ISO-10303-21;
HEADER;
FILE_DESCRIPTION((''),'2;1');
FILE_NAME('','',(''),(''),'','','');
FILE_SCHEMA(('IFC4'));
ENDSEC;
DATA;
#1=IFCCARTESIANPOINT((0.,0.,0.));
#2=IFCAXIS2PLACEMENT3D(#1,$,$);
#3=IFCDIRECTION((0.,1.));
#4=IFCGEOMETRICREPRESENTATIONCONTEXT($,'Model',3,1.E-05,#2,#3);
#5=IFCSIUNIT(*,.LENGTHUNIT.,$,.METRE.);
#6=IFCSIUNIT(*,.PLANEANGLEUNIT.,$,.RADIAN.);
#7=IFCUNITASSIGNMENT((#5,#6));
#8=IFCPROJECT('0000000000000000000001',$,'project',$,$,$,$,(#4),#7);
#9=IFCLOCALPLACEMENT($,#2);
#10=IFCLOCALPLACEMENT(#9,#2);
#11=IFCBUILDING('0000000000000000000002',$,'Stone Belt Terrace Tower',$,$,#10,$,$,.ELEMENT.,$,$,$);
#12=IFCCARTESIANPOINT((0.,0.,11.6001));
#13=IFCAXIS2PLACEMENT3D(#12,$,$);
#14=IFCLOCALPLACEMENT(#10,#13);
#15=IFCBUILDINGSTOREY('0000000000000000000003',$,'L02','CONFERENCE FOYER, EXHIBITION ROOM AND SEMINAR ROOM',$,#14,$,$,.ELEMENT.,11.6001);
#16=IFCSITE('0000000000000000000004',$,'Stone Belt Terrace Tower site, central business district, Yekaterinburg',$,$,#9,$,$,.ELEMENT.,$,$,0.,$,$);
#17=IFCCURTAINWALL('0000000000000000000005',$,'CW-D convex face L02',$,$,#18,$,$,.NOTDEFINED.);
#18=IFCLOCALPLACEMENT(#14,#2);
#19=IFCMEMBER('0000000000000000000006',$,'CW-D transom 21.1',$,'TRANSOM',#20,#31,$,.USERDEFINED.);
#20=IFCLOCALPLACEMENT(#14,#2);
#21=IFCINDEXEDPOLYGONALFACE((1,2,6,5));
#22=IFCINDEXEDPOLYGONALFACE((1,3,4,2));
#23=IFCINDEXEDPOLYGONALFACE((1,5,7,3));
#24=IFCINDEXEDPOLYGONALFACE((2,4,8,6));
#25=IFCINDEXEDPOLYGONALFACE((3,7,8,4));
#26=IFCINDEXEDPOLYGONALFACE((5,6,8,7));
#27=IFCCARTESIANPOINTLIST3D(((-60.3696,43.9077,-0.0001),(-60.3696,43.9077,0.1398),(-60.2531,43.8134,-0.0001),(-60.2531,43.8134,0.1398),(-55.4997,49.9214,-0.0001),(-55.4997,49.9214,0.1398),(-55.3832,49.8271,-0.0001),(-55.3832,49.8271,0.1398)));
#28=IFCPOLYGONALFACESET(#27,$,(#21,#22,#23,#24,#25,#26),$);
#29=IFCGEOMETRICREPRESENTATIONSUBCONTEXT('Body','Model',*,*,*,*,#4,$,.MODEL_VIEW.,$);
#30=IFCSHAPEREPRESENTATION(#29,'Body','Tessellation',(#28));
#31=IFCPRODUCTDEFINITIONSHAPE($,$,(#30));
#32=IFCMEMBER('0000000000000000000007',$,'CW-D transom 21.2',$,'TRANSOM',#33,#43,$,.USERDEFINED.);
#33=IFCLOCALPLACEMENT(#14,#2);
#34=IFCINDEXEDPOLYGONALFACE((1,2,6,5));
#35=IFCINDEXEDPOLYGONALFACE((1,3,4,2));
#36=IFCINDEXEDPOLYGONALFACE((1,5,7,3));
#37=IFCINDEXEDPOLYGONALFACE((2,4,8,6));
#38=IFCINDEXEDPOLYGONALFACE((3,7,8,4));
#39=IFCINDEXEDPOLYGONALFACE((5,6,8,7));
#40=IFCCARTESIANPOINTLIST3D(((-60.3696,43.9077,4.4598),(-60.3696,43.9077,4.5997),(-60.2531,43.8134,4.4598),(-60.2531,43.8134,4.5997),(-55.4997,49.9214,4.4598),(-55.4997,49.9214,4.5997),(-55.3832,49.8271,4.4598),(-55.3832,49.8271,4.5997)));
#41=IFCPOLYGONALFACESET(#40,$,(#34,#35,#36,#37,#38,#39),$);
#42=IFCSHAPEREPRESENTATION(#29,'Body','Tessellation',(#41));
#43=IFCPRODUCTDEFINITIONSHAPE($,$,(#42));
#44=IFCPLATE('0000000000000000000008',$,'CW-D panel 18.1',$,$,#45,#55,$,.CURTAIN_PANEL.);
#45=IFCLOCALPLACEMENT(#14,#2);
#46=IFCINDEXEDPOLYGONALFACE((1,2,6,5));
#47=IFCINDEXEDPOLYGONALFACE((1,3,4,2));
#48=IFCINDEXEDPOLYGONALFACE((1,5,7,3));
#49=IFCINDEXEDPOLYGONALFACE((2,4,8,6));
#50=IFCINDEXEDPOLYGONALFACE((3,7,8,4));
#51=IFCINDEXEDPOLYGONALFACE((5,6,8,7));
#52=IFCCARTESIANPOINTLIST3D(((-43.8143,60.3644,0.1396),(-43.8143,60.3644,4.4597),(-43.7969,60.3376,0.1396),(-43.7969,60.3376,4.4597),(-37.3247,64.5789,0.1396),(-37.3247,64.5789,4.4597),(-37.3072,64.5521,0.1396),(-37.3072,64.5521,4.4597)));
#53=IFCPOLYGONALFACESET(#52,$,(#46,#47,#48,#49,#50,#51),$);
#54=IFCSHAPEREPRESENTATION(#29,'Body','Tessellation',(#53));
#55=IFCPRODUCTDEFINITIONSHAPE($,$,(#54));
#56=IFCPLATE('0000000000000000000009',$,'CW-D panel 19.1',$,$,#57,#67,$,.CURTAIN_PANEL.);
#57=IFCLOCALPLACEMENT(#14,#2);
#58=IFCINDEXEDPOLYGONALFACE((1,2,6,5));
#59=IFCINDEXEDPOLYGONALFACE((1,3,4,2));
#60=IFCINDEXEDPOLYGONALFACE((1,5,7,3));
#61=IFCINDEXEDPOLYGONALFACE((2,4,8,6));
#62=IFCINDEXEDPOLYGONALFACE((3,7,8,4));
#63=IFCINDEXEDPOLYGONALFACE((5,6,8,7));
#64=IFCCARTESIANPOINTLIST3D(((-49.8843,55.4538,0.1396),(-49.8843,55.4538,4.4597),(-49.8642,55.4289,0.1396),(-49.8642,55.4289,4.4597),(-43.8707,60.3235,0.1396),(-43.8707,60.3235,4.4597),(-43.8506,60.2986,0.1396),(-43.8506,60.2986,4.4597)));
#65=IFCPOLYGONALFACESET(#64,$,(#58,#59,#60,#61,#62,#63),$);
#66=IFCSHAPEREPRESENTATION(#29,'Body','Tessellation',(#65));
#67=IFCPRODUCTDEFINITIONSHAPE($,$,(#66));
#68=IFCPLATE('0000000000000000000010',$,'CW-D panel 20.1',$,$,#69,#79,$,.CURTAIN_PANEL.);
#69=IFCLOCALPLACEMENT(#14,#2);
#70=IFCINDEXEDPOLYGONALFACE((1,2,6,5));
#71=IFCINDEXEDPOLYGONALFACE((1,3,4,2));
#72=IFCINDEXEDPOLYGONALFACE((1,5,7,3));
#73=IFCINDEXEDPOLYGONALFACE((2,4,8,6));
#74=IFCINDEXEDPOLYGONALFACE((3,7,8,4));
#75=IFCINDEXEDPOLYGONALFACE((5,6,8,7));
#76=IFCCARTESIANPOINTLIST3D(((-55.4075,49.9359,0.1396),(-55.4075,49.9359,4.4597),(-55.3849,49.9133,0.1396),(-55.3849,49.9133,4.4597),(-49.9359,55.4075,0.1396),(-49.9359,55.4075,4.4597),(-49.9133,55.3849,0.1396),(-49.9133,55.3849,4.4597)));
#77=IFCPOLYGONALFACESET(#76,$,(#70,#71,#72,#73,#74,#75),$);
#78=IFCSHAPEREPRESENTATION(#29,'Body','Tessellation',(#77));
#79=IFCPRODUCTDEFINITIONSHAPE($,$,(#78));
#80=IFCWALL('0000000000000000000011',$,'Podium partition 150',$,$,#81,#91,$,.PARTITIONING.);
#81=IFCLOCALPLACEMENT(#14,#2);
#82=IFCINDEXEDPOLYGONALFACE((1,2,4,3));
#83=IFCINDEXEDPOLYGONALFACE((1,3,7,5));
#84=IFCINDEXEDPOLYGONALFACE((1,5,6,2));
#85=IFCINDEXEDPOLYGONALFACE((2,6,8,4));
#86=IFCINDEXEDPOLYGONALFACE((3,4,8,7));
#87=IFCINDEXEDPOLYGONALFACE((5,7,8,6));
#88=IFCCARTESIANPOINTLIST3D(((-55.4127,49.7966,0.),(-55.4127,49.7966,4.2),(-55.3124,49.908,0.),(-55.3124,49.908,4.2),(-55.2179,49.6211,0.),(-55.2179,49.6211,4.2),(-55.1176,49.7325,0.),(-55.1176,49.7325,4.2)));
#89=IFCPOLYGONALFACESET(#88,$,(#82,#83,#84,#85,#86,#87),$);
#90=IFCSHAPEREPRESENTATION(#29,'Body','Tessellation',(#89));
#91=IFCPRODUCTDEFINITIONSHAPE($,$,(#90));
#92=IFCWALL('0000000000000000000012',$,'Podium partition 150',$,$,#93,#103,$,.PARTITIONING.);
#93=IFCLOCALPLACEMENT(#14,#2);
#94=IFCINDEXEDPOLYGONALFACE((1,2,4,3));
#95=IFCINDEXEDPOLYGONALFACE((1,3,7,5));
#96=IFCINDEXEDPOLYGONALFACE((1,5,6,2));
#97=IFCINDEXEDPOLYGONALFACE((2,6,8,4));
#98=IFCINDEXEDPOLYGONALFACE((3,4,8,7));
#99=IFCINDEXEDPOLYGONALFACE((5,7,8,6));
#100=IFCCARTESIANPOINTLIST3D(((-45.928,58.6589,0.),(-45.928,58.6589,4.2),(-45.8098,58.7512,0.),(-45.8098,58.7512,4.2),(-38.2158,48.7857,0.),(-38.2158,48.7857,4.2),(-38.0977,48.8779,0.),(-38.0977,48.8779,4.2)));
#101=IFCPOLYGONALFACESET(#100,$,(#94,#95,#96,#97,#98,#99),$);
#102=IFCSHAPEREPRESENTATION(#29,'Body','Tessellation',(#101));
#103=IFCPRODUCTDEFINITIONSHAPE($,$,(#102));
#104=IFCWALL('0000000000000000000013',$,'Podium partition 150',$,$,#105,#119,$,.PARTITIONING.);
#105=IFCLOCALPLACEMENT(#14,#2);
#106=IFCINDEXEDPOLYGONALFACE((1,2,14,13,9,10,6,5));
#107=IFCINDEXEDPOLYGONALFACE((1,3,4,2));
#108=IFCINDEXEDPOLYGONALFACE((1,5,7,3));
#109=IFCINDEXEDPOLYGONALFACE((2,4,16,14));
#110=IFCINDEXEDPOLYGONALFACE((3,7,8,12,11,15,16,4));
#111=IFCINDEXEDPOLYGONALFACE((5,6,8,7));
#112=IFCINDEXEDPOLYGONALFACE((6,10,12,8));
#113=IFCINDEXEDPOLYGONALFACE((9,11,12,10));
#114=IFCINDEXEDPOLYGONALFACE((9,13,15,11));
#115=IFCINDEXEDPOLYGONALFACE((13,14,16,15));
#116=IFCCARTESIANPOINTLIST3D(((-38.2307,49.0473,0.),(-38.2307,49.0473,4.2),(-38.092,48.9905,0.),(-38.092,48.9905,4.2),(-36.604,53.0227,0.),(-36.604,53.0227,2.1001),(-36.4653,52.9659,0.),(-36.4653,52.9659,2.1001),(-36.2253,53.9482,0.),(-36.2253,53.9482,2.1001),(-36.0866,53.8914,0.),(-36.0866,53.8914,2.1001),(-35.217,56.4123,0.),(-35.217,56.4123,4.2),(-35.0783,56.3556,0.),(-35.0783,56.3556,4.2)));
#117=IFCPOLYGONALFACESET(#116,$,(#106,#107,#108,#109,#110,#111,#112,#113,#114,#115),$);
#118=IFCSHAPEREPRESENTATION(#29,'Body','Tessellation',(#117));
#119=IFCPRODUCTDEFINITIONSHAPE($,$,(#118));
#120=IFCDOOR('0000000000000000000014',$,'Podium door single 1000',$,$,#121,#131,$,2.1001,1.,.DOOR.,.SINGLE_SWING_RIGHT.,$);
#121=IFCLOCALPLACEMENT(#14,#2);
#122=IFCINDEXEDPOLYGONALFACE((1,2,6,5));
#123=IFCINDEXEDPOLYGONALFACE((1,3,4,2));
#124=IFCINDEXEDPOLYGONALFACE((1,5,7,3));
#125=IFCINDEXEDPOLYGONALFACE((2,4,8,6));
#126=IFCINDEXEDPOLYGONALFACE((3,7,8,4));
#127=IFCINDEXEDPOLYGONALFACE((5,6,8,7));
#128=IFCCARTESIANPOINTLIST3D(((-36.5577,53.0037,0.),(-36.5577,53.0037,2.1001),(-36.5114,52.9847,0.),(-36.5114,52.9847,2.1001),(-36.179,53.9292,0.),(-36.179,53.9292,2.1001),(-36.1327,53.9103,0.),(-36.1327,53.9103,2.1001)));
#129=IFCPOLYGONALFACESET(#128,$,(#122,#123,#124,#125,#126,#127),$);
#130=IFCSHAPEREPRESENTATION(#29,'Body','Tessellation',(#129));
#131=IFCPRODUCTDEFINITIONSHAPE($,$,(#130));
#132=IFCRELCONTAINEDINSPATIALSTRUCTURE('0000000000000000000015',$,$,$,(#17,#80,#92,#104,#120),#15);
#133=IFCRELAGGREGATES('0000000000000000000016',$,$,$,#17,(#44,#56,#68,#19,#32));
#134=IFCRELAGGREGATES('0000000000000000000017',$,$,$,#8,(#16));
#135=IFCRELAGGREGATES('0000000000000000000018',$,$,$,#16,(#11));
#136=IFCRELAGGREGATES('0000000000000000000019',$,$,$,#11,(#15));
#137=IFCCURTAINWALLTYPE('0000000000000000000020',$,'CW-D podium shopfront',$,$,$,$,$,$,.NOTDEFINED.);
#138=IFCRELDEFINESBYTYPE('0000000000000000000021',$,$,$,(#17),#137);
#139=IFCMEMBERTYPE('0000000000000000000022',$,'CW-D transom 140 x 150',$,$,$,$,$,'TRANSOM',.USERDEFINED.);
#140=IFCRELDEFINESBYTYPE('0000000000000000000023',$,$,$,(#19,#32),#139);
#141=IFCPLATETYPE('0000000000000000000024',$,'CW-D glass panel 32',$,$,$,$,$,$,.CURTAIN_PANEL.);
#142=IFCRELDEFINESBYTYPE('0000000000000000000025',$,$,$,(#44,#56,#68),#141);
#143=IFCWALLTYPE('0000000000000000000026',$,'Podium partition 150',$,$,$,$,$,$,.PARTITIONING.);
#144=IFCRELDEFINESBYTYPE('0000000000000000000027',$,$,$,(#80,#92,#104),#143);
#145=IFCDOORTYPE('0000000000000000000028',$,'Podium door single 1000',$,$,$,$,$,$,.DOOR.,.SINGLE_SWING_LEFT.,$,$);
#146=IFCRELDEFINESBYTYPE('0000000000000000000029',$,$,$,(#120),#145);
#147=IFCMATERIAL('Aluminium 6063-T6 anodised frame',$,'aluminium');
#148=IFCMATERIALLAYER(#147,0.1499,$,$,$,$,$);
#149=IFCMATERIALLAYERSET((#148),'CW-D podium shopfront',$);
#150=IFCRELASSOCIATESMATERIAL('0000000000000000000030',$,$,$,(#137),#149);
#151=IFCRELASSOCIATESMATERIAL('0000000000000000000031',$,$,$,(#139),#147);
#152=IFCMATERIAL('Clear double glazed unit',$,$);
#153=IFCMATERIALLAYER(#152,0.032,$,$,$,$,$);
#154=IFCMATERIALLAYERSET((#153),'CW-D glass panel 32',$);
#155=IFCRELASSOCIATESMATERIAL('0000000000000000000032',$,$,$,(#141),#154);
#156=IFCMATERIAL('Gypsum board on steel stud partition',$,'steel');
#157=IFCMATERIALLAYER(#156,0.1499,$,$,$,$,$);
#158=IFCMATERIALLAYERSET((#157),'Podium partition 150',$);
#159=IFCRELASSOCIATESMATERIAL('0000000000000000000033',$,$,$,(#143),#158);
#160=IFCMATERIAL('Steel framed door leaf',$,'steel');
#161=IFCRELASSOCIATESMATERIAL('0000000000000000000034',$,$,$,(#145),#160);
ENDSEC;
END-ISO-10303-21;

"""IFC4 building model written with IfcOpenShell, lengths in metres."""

from ifc_helpers import new_model, si_unit, direction, frame, frame_2d, origin, origin_2d, place, context, subcontext, project, spatial, rectangle, extrude, material, layer, layer_set, material_profile, profile_set, type_object, element, fill, aggregate, save


model = new_model("IFC4")

# Units and contexts
model_context = context("Model", 3, precision=1e-05, world=origin(), true_north=direction((0.0, 1.0)))
body_context = subcontext(model_context, "Body", "Model", "MODEL_VIEW")
ifc_project = project(units=[si_unit("LENGTHUNIT", "METRE"), si_unit("PLANEANGLEUNIT", "RADIAN")], contexts=[model_context])

# Site, building, storey
site_placement = place(None, origin())
site = spatial("IfcSite", under=ifc_project, at=site_placement, Name="Stone Belt Terrace Tower site, central business district, Yekaterinburg", CompositionType="ELEMENT", RefElevation=0.0)
building_placement = place(site_placement, origin())
building = spatial("IfcBuilding", under=site, at=building_placement, Name="Stone Belt Terrace Tower", CompositionType="ELEMENT")
storey_placement = place(building_placement, frame((0.0, 0.0, 11.6001)))
storey = spatial("IfcBuildingStorey", under=building, at=storey_placement, Name="L02", Description="CONFERENCE FOYER, EXHIBITION ROOM AND SEMINAR ROOM", CompositionType="ELEMENT", Elevation=11.6001)

# Curtain wall, members, plates
ifc_material_1 = material(Name="Aluminium 6063-T6 anodised frame", Category="aluminium")
ifc_layer_1 = layer(ifc_material_1, 0.1499)
ifc_layer_set_1 = layer_set([ifc_layer_1], Name="CW-D podium shopfront")
curtain_wall_type = type_object("IfcCurtainWallType", Name="CW-D podium shopfront", PredefinedType="NOTDEFINED", material=ifc_layer_set_1)
curtain_wall_placement = place(storey_placement, origin())
curtain_wall = element("IfcCurtainWall", 1, at=curtain_wall_placement, inside=storey, type_object=curtain_wall_type, Name="CW-D convex face L02", PredefinedType="NOTDEFINED")
ifc_material_profile_1 = material_profile(ifc_material_1, rectangle(XDim=0.1499, YDim=0.1399, at=origin_2d()), Name="Aluminium 6063-T6 150x140")
ifc_profile_set_1 = profile_set([ifc_material_profile_1], Name="Aluminium 6063-T6 anodised frame")
member_type_1 = type_object("IfcMemberType", Name="CW-D transom 140 x 150", ElementType="TRANSOM", PredefinedType="USERDEFINED", material=ifc_profile_set_1)
member_1_placement = place(storey_placement, frame((-55.4414, 49.8743, 0.0698), z_axis=(-0.629328, -0.77714, 0.0), x_axis=(0.77714, -0.629328, 0.0)))
member_1 = element("IfcMember", 2, at=member_1_placement, type_object=member_type_1, Name="CW-D transom 21.1", ObjectType="TRANSOM", PredefinedType="USERDEFINED", context=body_context, shape_type="SweptSolid", body=[
    extrude(rectangle(XDim=0.1499, YDim=0.1399, at=origin_2d()), origin(), (0.0, 0.0, 1.0), 7.7383),
])
member_2_placement = place(storey_placement, frame((-55.4414, 49.8743, 4.5298), z_axis=(-0.629328, -0.77714, 0.0), x_axis=(0.77714, -0.629328, 0.0)))
member_2 = element("IfcMember", 3, at=member_2_placement, type_object=member_type_1, Name="CW-D transom 21.2", ObjectType="TRANSOM", PredefinedType="USERDEFINED", context=body_context, shape_type="SweptSolid", body=[
    extrude(rectangle(XDim=0.1499, YDim=0.1399, at=origin_2d()), origin(), (0.0, 0.0, 1.0), 7.7383),
])
ifc_material_2 = material(Name="Clear double glazed unit")
ifc_layer_2 = layer(ifc_material_2, 0.032)
ifc_layer_set_2 = layer_set([ifc_layer_2], Name="CW-D glass panel 32")
plate_type = type_object("IfcPlateType", Name="CW-D glass panel 32", PredefinedType="CURTAIN_PANEL", material=ifc_layer_set_2)
plate_1_placement = place(storey_placement, frame((-40.5608, 62.4583, 0.1396), z_axis=(0.0, 0.0, 1.0), x_axis=(-0.838671, -0.544639, 0.0)))
plate_1 = element("IfcPlate", 4, at=plate_1_placement, type_object=plate_type, Name="CW-D panel 18.1", PredefinedType="CURTAIN_PANEL", context=body_context, shape_type="SweptSolid", body=[
    extrude(rectangle(XDim=7.738, YDim=0.032, at=origin_2d()), origin(), (0.0, 0.0, 1.0), 4.3201),
])
plate_2_placement = place(storey_placement, frame((-46.8674, 57.8762, 0.1396), z_axis=(0.0, 0.0, 1.0), x_axis=(-0.777146, -0.62932, 0.0)))
plate_2 = element("IfcPlate", 5, at=plate_2_placement, type_object=plate_type, Name="CW-D panel 19.1", PredefinedType="CURTAIN_PANEL", context=body_context, shape_type="SweptSolid", body=[
    extrude(rectangle(XDim=7.738, YDim=0.032, at=origin_2d()), origin(), (0.0, 0.0, 1.0), 4.3201),
])
plate_3_placement = place(storey_placement, frame((-52.6604, 52.6604, 0.1396), z_axis=(0.0, 0.0, 1.0), x_axis=(-0.707107, -0.707107, 0.0)))
plate_3 = element("IfcPlate", 6, at=plate_3_placement, type_object=plate_type, Name="CW-D panel 20.1", PredefinedType="CURTAIN_PANEL", context=body_context, shape_type="SweptSolid", body=[
    extrude(rectangle(XDim=7.738, YDim=0.032, at=origin_2d()), origin(), (0.0, 0.0, 1.0), 4.3201),
])
aggregate(curtain_wall, [plate_1, plate_2, plate_3, member_1, member_2])

# Walls
ifc_material_3 = material(Name="Gypsum board on steel stud partition", Category="steel")
ifc_layer_3 = layer(ifc_material_3, 0.1499)
ifc_layer_set_3 = layer_set([ifc_layer_3], Name="Podium partition 150")
wall_type = type_object("IfcWallType", Name="Podium partition 150", PredefinedType="PARTITIONING", material=ifc_layer_set_3)
wall_1_placement = place(storey_placement, frame((-55.3625, 49.8523, 0.0), z_axis=(0.0, 0.0, 1.0), x_axis=(0.742924, -0.669376, 0.0)))
element("IfcWall", 7, at=wall_1_placement, inside=storey, type_object=wall_type, Name="Podium partition 150", PredefinedType="PARTITIONING", context=body_context, shape_type="SweptSolid", body=[
    extrude(rectangle(XDim=0.2622, YDim=0.1499, at=frame_2d((0.1311, 0.0))), origin(), (0.0, 0.0, 1.0), 4.2),
])
wall_2_placement = place(storey_placement, frame((-45.8689, 58.7051, 0.0), z_axis=(0.0, 0.0, 1.0), x_axis=(0.615577, -0.788077, 0.0)))
element("IfcWall", 8, at=wall_2_placement, inside=storey, type_object=wall_type, Name="Podium partition 150", PredefinedType="PARTITIONING", context=body_context, shape_type="SweptSolid", body=[
    extrude(rectangle(XDim=12.5283, YDim=0.1499, at=frame_2d((6.2642, 0.0))), origin(), (0.0, 0.0, 1.0), 4.2),
])

# Wall, opening, door
wall_3_placement = place(storey_placement, frame((-38.1614, 49.0188, 0.0), z_axis=(0.0, 0.0, 1.0), x_axis=(0.37871, 0.925515, 0.0)))
wall_3 = element("IfcWall", 9, at=wall_3_placement, inside=storey, type_object=wall_type, Name="Podium partition 150", PredefinedType="PARTITIONING", context=body_context, shape_type="SweptSolid", body=[
    extrude(rectangle(XDim=7.9578, YDim=0.1499, at=frame_2d((3.979, 0.0))), origin(), (0.0, 0.0, 1.0), 4.2),
])
opening_placement = place(wall_3_placement, frame((4.2954, 0.0, 0.0)))
opening = element("IfcOpeningElement", 10, at=opening_placement, cuts=wall_3, PredefinedType="OPENING", context=body_context, shape_type="SweptSolid", body=[
    extrude(rectangle(XDim=1.0, YDim=2.1001, at=frame_2d((0.5, 1.05))), frame((0.0, 0.085, 0.0), z_axis=(0.0, -1.0, 0.0), x_axis=(1.0, 0.0, 0.0)), (0.0, 0.0, 1.0), 0.1699),
])
ifc_material_4 = material(Name="Steel framed door leaf", Category="steel")
door_type = type_object("IfcDoorType", Name="Podium door single 1000", OperationType="SINGLE_SWING_LEFT", PredefinedType="DOOR", material=ifc_material_4)
door_placement = place(opening_placement, origin())
door = element("IfcDoor", 11, at=door_placement, inside=storey, type_object=door_type, Name="Podium door single 1000", OperationType="SINGLE_SWING_RIGHT", OverallHeight=2.1001, OverallWidth=1.0, PredefinedType="DOOR", context=body_context, shape_type="SweptSolid", body=[
    extrude(rectangle(XDim=1.0, YDim=2.1001, at=frame_2d((0.5, 1.05))), frame((0.0, 0.0249, 0.0), z_axis=(0.0, -1.0, 0.0), x_axis=(1.0, 0.0, 0.0)), (0.0, 0.0, 1.0), 0.05),
])
fill(opening, door)

save(model, "model.ifc")
